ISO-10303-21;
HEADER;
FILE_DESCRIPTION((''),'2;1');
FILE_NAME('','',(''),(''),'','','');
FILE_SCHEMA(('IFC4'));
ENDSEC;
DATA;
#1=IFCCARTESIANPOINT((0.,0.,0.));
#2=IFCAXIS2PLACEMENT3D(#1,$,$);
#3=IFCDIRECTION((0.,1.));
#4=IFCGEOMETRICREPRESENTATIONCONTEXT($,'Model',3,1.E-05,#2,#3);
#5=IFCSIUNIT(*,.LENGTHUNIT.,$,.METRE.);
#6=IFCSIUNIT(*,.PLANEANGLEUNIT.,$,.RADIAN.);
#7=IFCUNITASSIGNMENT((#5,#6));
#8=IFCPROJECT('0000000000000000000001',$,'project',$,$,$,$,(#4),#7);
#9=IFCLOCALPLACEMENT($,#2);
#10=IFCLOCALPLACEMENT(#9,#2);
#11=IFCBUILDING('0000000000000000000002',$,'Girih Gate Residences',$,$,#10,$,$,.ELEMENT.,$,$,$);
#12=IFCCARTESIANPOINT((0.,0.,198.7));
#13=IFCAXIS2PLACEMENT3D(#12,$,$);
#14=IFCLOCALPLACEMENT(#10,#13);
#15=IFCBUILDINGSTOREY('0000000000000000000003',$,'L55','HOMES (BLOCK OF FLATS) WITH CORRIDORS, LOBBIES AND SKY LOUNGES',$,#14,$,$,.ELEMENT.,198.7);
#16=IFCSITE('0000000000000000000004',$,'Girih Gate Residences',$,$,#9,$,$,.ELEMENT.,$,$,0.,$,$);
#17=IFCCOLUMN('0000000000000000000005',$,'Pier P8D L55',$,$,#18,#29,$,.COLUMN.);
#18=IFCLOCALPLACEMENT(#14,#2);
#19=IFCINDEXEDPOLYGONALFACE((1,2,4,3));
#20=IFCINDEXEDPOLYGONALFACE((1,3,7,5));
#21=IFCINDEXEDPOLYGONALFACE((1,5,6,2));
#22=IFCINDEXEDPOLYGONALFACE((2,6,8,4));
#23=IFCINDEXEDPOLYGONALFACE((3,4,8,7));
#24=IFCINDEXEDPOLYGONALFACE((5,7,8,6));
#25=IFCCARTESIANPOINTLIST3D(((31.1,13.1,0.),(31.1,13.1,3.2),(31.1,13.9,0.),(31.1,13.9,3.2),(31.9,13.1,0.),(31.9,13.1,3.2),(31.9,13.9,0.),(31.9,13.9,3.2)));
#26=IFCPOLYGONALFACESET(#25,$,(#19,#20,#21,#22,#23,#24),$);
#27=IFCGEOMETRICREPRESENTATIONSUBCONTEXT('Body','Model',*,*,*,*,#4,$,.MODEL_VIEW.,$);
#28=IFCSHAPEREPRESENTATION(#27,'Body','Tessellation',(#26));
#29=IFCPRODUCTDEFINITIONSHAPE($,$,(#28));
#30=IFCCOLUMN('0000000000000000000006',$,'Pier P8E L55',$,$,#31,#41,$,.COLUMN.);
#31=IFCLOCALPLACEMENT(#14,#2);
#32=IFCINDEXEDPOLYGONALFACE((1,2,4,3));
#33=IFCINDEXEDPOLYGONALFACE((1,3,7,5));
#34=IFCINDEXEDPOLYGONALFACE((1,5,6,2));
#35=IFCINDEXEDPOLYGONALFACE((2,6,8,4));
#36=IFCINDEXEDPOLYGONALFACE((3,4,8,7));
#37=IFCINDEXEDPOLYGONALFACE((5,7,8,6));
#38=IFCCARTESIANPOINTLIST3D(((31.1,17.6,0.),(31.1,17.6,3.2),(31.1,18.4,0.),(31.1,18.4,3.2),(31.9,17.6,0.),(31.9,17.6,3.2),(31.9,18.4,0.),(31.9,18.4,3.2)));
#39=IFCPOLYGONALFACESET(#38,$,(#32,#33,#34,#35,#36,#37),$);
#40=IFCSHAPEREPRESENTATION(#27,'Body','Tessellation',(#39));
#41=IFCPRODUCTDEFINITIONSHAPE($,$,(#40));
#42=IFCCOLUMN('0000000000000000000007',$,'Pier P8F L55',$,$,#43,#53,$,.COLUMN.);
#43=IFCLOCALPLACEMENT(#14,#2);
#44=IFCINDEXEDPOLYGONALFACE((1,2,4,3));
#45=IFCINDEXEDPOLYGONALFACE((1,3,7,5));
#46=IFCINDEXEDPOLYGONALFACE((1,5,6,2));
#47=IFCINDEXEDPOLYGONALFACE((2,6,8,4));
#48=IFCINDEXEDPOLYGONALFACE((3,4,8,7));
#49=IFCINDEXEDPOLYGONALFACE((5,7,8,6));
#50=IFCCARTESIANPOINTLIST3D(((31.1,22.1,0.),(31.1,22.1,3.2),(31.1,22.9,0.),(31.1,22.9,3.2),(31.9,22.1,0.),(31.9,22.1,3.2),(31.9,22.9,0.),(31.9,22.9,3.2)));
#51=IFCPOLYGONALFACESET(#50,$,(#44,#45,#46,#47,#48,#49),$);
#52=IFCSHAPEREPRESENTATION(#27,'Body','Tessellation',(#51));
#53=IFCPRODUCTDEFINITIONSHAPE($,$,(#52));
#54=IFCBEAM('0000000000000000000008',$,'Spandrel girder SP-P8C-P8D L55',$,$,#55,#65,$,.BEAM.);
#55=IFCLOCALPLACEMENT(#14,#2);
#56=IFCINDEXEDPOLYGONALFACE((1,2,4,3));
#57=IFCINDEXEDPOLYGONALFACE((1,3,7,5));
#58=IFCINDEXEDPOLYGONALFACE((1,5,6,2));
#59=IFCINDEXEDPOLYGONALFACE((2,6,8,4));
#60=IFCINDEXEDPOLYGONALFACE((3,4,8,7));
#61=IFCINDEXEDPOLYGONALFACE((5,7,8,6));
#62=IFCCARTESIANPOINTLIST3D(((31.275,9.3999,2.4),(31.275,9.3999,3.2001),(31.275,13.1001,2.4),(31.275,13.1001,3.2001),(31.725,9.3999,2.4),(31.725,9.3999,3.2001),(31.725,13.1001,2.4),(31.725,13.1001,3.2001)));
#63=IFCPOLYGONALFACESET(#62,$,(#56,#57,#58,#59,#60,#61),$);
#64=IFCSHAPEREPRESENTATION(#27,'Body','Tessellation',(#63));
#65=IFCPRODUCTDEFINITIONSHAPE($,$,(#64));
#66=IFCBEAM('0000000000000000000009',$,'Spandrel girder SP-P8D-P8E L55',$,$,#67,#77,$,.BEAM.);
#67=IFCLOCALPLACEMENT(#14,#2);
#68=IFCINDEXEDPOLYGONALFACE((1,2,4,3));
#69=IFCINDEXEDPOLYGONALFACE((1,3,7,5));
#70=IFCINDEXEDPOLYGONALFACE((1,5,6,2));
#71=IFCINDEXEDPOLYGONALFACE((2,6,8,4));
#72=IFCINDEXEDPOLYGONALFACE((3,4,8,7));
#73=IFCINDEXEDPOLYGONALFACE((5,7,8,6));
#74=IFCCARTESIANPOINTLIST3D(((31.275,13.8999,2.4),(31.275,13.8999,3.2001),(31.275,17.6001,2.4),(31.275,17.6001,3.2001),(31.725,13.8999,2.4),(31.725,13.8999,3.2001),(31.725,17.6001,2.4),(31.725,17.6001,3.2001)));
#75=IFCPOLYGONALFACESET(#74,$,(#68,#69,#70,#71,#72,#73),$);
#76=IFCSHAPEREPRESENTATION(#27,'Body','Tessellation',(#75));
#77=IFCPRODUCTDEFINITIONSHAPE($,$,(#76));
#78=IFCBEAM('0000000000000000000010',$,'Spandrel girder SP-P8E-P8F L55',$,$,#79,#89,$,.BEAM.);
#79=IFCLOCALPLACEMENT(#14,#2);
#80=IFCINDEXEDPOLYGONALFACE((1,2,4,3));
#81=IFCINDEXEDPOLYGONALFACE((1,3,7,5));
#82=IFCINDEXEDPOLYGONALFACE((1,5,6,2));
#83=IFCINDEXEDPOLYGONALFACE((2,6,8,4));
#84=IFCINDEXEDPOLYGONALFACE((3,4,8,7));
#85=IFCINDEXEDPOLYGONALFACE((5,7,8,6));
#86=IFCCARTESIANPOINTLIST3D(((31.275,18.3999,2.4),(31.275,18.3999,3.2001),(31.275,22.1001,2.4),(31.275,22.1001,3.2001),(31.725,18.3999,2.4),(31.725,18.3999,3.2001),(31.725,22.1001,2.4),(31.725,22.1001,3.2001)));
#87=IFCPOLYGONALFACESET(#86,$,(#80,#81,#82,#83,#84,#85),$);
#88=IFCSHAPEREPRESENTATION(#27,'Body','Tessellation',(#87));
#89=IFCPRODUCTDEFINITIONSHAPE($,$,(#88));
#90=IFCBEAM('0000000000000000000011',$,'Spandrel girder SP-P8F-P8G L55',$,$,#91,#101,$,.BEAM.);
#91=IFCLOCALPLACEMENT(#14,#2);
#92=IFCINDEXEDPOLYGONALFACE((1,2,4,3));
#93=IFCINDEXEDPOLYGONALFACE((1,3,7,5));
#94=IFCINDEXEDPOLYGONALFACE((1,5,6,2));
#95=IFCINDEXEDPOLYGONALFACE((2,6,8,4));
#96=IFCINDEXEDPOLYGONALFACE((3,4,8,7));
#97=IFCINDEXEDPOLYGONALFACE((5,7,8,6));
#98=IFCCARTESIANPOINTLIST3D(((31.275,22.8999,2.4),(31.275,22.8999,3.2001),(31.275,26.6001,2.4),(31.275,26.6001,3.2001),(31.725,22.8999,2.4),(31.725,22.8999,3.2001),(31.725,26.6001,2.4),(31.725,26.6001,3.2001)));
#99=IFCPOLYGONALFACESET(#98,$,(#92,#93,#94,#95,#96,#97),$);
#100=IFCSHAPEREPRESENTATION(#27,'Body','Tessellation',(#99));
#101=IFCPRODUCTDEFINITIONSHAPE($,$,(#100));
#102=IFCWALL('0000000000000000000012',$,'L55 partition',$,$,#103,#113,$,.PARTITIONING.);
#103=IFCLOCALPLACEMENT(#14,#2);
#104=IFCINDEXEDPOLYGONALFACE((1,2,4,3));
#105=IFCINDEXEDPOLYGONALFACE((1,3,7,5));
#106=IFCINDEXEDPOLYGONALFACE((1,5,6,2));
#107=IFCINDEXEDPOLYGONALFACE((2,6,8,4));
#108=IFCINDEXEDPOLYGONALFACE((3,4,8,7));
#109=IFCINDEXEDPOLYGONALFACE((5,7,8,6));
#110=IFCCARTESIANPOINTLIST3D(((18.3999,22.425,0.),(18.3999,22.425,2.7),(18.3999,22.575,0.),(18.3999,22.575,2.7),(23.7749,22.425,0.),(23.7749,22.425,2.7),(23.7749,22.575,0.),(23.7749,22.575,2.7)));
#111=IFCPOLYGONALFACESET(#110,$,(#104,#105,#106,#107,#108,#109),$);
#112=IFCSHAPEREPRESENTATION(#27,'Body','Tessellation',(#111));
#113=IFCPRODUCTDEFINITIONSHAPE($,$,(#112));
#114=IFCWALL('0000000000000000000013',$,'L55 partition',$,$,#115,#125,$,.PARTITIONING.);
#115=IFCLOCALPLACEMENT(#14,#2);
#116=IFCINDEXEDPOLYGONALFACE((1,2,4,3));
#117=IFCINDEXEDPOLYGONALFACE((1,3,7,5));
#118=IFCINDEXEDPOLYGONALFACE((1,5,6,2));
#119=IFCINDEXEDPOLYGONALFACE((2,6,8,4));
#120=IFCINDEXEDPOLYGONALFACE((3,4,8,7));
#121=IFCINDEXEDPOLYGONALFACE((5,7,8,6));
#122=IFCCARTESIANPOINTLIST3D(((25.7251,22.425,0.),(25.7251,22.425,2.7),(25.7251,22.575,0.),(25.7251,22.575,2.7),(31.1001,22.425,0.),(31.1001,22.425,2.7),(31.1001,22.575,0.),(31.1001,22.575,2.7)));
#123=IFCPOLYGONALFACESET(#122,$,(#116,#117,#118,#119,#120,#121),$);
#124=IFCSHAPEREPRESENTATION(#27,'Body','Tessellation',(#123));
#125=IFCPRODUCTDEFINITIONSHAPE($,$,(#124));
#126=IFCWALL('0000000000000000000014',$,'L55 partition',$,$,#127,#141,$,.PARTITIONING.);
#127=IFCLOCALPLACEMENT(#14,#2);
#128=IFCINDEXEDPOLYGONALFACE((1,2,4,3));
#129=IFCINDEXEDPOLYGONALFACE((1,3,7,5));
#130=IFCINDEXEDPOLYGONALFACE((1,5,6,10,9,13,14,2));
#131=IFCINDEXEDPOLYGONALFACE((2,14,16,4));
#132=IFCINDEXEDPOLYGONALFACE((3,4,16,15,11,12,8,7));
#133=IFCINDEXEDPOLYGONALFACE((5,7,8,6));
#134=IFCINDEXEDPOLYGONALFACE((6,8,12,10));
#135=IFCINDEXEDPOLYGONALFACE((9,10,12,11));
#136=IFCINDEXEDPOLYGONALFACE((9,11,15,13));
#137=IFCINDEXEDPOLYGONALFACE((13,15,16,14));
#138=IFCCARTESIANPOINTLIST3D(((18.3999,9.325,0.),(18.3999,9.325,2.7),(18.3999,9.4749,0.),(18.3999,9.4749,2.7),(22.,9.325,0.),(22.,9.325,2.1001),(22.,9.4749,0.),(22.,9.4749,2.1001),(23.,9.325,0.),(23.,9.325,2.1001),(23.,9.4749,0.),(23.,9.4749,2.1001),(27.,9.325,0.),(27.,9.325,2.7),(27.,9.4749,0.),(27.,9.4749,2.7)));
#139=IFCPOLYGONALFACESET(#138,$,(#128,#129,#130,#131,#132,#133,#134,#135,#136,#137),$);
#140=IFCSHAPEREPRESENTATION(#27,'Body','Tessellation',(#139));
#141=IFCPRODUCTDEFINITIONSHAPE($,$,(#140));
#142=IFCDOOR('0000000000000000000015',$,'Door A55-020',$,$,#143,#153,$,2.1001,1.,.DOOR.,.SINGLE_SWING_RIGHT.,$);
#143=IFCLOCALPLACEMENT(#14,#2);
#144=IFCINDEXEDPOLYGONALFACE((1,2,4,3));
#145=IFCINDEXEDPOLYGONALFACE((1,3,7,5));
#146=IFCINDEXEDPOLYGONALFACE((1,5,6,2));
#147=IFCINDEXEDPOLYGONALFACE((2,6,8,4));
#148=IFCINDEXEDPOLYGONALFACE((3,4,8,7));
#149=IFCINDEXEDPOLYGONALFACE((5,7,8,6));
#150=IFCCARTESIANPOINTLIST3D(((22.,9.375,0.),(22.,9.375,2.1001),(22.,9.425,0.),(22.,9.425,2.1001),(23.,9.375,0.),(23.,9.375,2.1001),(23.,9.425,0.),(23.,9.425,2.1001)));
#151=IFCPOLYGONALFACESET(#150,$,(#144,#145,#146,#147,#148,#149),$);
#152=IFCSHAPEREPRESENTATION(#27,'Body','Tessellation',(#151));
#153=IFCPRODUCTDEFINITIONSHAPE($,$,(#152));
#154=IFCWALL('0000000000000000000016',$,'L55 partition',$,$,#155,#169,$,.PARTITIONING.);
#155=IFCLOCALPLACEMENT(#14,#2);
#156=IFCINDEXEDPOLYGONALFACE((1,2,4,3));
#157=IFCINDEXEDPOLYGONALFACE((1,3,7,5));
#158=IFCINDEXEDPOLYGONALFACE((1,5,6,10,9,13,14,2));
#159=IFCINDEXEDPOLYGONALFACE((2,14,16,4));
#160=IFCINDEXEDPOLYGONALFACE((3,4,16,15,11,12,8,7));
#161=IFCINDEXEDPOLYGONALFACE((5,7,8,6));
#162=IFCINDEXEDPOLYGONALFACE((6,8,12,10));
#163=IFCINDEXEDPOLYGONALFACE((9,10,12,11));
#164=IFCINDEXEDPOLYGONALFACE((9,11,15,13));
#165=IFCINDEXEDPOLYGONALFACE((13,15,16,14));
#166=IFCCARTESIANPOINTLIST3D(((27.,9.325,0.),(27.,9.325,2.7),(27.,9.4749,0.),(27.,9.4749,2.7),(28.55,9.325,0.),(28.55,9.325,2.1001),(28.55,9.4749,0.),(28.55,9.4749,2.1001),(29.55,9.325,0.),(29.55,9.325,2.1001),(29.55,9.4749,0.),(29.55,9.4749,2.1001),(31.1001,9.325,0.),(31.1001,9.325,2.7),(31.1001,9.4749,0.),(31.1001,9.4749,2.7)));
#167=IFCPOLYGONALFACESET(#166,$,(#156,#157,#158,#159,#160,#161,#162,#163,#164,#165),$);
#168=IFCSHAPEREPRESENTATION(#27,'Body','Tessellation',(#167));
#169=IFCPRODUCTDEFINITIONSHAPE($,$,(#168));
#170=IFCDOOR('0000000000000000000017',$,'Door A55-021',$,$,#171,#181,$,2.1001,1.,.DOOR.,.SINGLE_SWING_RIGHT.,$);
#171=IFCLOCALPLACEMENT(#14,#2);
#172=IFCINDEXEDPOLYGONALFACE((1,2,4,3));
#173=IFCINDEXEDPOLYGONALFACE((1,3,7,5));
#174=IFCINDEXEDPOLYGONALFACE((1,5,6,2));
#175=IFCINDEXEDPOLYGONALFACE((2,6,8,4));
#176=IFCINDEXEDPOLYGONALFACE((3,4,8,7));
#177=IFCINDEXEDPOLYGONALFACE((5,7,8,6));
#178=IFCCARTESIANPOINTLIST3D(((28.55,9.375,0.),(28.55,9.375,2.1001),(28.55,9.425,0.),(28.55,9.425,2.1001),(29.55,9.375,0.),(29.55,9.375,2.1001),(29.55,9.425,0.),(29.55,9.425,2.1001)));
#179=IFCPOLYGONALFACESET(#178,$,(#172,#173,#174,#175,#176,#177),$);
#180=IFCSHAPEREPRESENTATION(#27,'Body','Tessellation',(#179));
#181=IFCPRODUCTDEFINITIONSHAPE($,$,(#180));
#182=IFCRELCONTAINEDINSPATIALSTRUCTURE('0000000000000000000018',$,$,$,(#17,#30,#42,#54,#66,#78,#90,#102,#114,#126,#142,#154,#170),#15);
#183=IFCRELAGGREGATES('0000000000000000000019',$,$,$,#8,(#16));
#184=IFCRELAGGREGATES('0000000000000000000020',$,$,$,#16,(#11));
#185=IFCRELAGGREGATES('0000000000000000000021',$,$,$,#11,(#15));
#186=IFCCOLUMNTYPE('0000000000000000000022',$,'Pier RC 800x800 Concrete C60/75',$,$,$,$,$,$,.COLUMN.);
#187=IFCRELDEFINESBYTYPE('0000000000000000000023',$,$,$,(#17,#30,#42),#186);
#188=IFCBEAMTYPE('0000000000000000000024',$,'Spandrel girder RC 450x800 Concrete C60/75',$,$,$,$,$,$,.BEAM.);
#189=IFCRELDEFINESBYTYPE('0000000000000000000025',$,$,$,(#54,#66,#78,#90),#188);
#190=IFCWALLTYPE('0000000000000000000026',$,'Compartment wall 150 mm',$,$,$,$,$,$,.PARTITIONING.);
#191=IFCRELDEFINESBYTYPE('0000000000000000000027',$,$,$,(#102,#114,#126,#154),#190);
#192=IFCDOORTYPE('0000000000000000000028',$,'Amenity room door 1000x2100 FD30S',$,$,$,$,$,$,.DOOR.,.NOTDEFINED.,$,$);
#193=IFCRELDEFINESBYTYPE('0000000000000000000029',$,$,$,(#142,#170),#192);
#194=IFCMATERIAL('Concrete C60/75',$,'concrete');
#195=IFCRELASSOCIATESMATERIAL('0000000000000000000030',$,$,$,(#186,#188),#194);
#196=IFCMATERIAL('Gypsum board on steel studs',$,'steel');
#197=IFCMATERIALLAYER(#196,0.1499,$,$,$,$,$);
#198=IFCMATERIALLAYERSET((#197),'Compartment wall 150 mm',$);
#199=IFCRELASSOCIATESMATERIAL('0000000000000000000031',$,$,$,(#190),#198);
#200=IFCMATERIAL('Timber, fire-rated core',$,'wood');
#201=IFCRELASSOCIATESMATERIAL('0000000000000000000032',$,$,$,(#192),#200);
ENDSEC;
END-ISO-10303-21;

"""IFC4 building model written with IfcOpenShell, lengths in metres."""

from ifc_helpers import new_model, si_unit, direction, frame, frame_2d, origin, origin_2d, place, context, subcontext, project, spatial, rectangle, extrude, material, layer, layer_set, material_profile, profile_set, type_object, element, fill, save


model = new_model("IFC4")

# Units and contexts
model_context = context("Model", 3, precision=1e-05, world=origin(), true_north=direction((0.0, 1.0)))
body_context = subcontext(model_context, "Body", "Model", "MODEL_VIEW")
ifc_project = project(units=[si_unit("LENGTHUNIT", "METRE"), si_unit("PLANEANGLEUNIT", "RADIAN")], contexts=[model_context])

# Site, building, storey
site_placement = place(None, origin())
site = spatial("IfcSite", under=ifc_project, at=site_placement, Name="Girih Gate Residences", CompositionType="ELEMENT", RefElevation=0.0)
building_placement = place(site_placement, origin())
building = spatial("IfcBuilding", under=site, at=building_placement, Name="Girih Gate Residences", CompositionType="ELEMENT")
storey_placement = place(building_placement, frame((0.0, 0.0, 198.7)))
storey = spatial("IfcBuildingStorey", under=building, at=storey_placement, Name="L55", Description="HOMES (BLOCK OF FLATS) WITH CORRIDORS, LOBBIES AND SKY LOUNGES", CompositionType="ELEMENT", Elevation=198.7)

# Columns
ifc_material_1 = material(Name="Concrete C60/75", Category="concrete")
ifc_material_profile_1 = material_profile(ifc_material_1, rectangle(XDim=0.8, YDim=0.8, at=origin_2d()))
ifc_profile_set_1 = profile_set([ifc_material_profile_1], Name="Concrete C60/75")
column_type = type_object("IfcColumnType", Name="Pier RC 800x800 Concrete C60/75", PredefinedType="COLUMN", material=ifc_profile_set_1)
for number, where, z_axis, x_axis, name in (
    (1, (31.5, 13.5, 0.0), (0.0, 0.0, 1.0), (1.0, 0.0, 0.0), "Pier P8D L55"),
    (2, (31.5, 18.0, 0.0), (0.0, 0.0, 1.0), (1.0, 0.0, 0.0), "Pier P8E L55"),
    (3, (31.5, 22.5, 0.0), (0.0, 0.0, 1.0), (1.0, 0.0, 0.0), "Pier P8F L55"),
):
    element("IfcColumn", number, at=place(storey_placement, frame(where, z_axis=z_axis, x_axis=x_axis)), inside=storey, type_object=column_type, Name=name, PredefinedType="COLUMN", context=body_context, shape_type="SweptSolid", body=[
        extrude(rectangle(XDim=0.8, YDim=0.8, at=origin_2d()), origin(), (0.0, 0.0, 1.0), 3.2),
    ])

# Beams
ifc_material_profile_2 = material_profile(ifc_material_1, rectangle(XDim=0.45, YDim=0.8, at=origin_2d()))
ifc_profile_set_2 = profile_set([ifc_material_profile_2], Name="Concrete C60/75")
beam_type = type_object("IfcBeamType", Name="Spandrel girder RC 450x800 Concrete C60/75", PredefinedType="BEAM", material=ifc_profile_set_2)
for number, where, z_axis, x_axis, name in (
    (4, (31.5, 9.3999, 2.8), (0.0, 1.0, 0.0), (-1.0, 0.0, 0.0), "Spandrel girder SP-P8C-P8D L55"),
    (5, (31.5, 13.8999, 2.8), (0.0, 1.0, 0.0), (-1.0, 0.0, 0.0), "Spandrel girder SP-P8D-P8E L55"),
    (6, (31.5, 18.3999, 2.8), (0.0, 1.0, 0.0), (-1.0, 0.0, 0.0), "Spandrel girder SP-P8E-P8F L55"),
    (7, (31.5, 22.8999, 2.8), (0.0, 1.0, 0.0), (-1.0, 0.0, 0.0), "Spandrel girder SP-P8F-P8G L55"),
):
    element("IfcBeam", number, at=place(storey_placement, frame(where, z_axis=z_axis, x_axis=x_axis)), inside=storey, type_object=beam_type, Name=name, PredefinedType="BEAM", context=body_context, shape_type="SweptSolid", body=[
        extrude(rectangle(XDim=0.45, YDim=0.8, at=origin_2d()), origin(), (0.0, 0.0, 1.0), 3.7002),
    ])

# Walls
ifc_material_2 = material(Name="Gypsum board on steel studs", Category="steel")
ifc_layer_1 = layer(ifc_material_2, 0.1499)
ifc_layer_set_1 = layer_set([ifc_layer_1], Name="Compartment wall 150 mm")
wall_type_1 = type_object("IfcWallType", Name="Compartment wall 150 mm", PredefinedType="PARTITIONING", material=ifc_layer_set_1)
for number, where, z_axis, x_axis, name in (
    (8, (18.3999, 22.5, 0.0), (0.0, 0.0, 1.0), (1.0, 0.0, 0.0), "L55 partition"),
    (9, (25.7251, 22.5, 0.0), (0.0, 0.0, 1.0), (1.0, 0.0, 0.0), "L55 partition"),
):
    element("IfcWall", number, at=place(storey_placement, frame(where, z_axis=z_axis, x_axis=x_axis)), inside=storey, type_object=wall_type_1, Name=name, PredefinedType="PARTITIONING", context=body_context, shape_type="SweptSolid", body=[
        extrude(rectangle(XDim=5.375, YDim=0.1499, at=frame_2d((2.6875, 0.0))), origin(), (0.0, 0.0, 1.0), 2.7),
    ])

# Walls, openings, doors
wall_1_placement = place(storey_placement, frame((27.0, 9.3999, 0.0), z_axis=(0.0, 0.0, 1.0), x_axis=(-1.0, 0.0, 0.0)))
wall_1 = element("IfcWall", 10, at=wall_1_placement, inside=storey, type_object=wall_type_1, Name="L55 partition", PredefinedType="PARTITIONING", context=body_context, shape_type="SweptSolid", body=[
    extrude(rectangle(XDim=8.6001, YDim=0.1499, at=frame_2d((4.3, 0.0))), origin(), (0.0, 0.0, 1.0), 2.7),
])
opening_1_placement = place(wall_1_placement, frame((4.0, 0.0, 0.0)))
opening_1 = element("IfcOpeningElement", 11, at=opening_1_placement, cuts=wall_1, PredefinedType="OPENING", context=body_context, shape_type="SweptSolid", body=[
    extrude(rectangle(XDim=1.0, YDim=2.1001, at=frame_2d((0.5, 1.05))), frame((0.0, 0.085, 0.0), z_axis=(0.0, -1.0, 0.0), x_axis=(1.0, 0.0, 0.0)), (0.0, 0.0, 1.0), 0.1699),
])
ifc_material_3 = material(Name="Timber, fire-rated core", Category="wood")
door_type = type_object("IfcDoorType", Name="Amenity room door 1000x2100 FD30S", OperationType="NOTDEFINED", PredefinedType="DOOR", material=ifc_material_3)
door_1_placement = place(opening_1_placement, origin())
door_1 = element("IfcDoor", 12, at=door_1_placement, inside=storey, type_object=door_type, Name="Door A55-020", OperationType="SINGLE_SWING_RIGHT", OverallHeight=2.1001, OverallWidth=1.0, PredefinedType="DOOR", context=body_context, shape_type="SweptSolid", body=[
    extrude(rectangle(XDim=1.0, YDim=2.1001, at=frame_2d((0.5, 1.05))), frame((0.0, 0.0249, 0.0), z_axis=(0.0, -1.0, 0.0), x_axis=(1.0, 0.0, 0.0)), (0.0, 0.0, 1.0), 0.05),
])
fill(opening_1, door_1)
wall_2_placement = place(storey_placement, frame((31.1001, 9.3999, 0.0), z_axis=(0.0, 0.0, 1.0), x_axis=(-1.0, 0.0, 0.0)))
wall_2 = element("IfcWall", 13, at=wall_2_placement, inside=storey, type_object=wall_type_1, Name="L55 partition", PredefinedType="PARTITIONING", context=body_context, shape_type="SweptSolid", body=[
    extrude(rectangle(XDim=4.1001, YDim=0.1499, at=frame_2d((2.05, 0.0))), origin(), (0.0, 0.0, 1.0), 2.7),
])
opening_2_placement = place(wall_2_placement, frame((1.55, 0.0, 0.0)))
opening_2 = element("IfcOpeningElement", 14, at=opening_2_placement, cuts=wall_2, PredefinedType="OPENING", context=body_context, shape_type="SweptSolid", body=[
    extrude(rectangle(XDim=1.0, YDim=2.1001, at=frame_2d((0.5, 1.05))), frame((0.0, 0.085, 0.0), z_axis=(0.0, -1.0, 0.0), x_axis=(1.0, 0.0, 0.0)), (0.0, 0.0, 1.0), 0.1699),
])
door_2_placement = place(opening_2_placement, origin())
door_2 = element("IfcDoor", 15, at=door_2_placement, inside=storey, type_object=door_type, Name="Door A55-021", OperationType="SINGLE_SWING_RIGHT", OverallHeight=2.1001, OverallWidth=1.0, PredefinedType="DOOR", context=body_context, shape_type="SweptSolid", body=[
    extrude(rectangle(XDim=1.0, YDim=2.1001, at=frame_2d((0.5, 1.05))), frame((0.0, 0.0249, 0.0), z_axis=(0.0, -1.0, 0.0), x_axis=(1.0, 0.0, 0.0)), (0.0, 0.0, 1.0), 0.05),
])
fill(opening_2, door_2)

save(model, "model.ifc")
